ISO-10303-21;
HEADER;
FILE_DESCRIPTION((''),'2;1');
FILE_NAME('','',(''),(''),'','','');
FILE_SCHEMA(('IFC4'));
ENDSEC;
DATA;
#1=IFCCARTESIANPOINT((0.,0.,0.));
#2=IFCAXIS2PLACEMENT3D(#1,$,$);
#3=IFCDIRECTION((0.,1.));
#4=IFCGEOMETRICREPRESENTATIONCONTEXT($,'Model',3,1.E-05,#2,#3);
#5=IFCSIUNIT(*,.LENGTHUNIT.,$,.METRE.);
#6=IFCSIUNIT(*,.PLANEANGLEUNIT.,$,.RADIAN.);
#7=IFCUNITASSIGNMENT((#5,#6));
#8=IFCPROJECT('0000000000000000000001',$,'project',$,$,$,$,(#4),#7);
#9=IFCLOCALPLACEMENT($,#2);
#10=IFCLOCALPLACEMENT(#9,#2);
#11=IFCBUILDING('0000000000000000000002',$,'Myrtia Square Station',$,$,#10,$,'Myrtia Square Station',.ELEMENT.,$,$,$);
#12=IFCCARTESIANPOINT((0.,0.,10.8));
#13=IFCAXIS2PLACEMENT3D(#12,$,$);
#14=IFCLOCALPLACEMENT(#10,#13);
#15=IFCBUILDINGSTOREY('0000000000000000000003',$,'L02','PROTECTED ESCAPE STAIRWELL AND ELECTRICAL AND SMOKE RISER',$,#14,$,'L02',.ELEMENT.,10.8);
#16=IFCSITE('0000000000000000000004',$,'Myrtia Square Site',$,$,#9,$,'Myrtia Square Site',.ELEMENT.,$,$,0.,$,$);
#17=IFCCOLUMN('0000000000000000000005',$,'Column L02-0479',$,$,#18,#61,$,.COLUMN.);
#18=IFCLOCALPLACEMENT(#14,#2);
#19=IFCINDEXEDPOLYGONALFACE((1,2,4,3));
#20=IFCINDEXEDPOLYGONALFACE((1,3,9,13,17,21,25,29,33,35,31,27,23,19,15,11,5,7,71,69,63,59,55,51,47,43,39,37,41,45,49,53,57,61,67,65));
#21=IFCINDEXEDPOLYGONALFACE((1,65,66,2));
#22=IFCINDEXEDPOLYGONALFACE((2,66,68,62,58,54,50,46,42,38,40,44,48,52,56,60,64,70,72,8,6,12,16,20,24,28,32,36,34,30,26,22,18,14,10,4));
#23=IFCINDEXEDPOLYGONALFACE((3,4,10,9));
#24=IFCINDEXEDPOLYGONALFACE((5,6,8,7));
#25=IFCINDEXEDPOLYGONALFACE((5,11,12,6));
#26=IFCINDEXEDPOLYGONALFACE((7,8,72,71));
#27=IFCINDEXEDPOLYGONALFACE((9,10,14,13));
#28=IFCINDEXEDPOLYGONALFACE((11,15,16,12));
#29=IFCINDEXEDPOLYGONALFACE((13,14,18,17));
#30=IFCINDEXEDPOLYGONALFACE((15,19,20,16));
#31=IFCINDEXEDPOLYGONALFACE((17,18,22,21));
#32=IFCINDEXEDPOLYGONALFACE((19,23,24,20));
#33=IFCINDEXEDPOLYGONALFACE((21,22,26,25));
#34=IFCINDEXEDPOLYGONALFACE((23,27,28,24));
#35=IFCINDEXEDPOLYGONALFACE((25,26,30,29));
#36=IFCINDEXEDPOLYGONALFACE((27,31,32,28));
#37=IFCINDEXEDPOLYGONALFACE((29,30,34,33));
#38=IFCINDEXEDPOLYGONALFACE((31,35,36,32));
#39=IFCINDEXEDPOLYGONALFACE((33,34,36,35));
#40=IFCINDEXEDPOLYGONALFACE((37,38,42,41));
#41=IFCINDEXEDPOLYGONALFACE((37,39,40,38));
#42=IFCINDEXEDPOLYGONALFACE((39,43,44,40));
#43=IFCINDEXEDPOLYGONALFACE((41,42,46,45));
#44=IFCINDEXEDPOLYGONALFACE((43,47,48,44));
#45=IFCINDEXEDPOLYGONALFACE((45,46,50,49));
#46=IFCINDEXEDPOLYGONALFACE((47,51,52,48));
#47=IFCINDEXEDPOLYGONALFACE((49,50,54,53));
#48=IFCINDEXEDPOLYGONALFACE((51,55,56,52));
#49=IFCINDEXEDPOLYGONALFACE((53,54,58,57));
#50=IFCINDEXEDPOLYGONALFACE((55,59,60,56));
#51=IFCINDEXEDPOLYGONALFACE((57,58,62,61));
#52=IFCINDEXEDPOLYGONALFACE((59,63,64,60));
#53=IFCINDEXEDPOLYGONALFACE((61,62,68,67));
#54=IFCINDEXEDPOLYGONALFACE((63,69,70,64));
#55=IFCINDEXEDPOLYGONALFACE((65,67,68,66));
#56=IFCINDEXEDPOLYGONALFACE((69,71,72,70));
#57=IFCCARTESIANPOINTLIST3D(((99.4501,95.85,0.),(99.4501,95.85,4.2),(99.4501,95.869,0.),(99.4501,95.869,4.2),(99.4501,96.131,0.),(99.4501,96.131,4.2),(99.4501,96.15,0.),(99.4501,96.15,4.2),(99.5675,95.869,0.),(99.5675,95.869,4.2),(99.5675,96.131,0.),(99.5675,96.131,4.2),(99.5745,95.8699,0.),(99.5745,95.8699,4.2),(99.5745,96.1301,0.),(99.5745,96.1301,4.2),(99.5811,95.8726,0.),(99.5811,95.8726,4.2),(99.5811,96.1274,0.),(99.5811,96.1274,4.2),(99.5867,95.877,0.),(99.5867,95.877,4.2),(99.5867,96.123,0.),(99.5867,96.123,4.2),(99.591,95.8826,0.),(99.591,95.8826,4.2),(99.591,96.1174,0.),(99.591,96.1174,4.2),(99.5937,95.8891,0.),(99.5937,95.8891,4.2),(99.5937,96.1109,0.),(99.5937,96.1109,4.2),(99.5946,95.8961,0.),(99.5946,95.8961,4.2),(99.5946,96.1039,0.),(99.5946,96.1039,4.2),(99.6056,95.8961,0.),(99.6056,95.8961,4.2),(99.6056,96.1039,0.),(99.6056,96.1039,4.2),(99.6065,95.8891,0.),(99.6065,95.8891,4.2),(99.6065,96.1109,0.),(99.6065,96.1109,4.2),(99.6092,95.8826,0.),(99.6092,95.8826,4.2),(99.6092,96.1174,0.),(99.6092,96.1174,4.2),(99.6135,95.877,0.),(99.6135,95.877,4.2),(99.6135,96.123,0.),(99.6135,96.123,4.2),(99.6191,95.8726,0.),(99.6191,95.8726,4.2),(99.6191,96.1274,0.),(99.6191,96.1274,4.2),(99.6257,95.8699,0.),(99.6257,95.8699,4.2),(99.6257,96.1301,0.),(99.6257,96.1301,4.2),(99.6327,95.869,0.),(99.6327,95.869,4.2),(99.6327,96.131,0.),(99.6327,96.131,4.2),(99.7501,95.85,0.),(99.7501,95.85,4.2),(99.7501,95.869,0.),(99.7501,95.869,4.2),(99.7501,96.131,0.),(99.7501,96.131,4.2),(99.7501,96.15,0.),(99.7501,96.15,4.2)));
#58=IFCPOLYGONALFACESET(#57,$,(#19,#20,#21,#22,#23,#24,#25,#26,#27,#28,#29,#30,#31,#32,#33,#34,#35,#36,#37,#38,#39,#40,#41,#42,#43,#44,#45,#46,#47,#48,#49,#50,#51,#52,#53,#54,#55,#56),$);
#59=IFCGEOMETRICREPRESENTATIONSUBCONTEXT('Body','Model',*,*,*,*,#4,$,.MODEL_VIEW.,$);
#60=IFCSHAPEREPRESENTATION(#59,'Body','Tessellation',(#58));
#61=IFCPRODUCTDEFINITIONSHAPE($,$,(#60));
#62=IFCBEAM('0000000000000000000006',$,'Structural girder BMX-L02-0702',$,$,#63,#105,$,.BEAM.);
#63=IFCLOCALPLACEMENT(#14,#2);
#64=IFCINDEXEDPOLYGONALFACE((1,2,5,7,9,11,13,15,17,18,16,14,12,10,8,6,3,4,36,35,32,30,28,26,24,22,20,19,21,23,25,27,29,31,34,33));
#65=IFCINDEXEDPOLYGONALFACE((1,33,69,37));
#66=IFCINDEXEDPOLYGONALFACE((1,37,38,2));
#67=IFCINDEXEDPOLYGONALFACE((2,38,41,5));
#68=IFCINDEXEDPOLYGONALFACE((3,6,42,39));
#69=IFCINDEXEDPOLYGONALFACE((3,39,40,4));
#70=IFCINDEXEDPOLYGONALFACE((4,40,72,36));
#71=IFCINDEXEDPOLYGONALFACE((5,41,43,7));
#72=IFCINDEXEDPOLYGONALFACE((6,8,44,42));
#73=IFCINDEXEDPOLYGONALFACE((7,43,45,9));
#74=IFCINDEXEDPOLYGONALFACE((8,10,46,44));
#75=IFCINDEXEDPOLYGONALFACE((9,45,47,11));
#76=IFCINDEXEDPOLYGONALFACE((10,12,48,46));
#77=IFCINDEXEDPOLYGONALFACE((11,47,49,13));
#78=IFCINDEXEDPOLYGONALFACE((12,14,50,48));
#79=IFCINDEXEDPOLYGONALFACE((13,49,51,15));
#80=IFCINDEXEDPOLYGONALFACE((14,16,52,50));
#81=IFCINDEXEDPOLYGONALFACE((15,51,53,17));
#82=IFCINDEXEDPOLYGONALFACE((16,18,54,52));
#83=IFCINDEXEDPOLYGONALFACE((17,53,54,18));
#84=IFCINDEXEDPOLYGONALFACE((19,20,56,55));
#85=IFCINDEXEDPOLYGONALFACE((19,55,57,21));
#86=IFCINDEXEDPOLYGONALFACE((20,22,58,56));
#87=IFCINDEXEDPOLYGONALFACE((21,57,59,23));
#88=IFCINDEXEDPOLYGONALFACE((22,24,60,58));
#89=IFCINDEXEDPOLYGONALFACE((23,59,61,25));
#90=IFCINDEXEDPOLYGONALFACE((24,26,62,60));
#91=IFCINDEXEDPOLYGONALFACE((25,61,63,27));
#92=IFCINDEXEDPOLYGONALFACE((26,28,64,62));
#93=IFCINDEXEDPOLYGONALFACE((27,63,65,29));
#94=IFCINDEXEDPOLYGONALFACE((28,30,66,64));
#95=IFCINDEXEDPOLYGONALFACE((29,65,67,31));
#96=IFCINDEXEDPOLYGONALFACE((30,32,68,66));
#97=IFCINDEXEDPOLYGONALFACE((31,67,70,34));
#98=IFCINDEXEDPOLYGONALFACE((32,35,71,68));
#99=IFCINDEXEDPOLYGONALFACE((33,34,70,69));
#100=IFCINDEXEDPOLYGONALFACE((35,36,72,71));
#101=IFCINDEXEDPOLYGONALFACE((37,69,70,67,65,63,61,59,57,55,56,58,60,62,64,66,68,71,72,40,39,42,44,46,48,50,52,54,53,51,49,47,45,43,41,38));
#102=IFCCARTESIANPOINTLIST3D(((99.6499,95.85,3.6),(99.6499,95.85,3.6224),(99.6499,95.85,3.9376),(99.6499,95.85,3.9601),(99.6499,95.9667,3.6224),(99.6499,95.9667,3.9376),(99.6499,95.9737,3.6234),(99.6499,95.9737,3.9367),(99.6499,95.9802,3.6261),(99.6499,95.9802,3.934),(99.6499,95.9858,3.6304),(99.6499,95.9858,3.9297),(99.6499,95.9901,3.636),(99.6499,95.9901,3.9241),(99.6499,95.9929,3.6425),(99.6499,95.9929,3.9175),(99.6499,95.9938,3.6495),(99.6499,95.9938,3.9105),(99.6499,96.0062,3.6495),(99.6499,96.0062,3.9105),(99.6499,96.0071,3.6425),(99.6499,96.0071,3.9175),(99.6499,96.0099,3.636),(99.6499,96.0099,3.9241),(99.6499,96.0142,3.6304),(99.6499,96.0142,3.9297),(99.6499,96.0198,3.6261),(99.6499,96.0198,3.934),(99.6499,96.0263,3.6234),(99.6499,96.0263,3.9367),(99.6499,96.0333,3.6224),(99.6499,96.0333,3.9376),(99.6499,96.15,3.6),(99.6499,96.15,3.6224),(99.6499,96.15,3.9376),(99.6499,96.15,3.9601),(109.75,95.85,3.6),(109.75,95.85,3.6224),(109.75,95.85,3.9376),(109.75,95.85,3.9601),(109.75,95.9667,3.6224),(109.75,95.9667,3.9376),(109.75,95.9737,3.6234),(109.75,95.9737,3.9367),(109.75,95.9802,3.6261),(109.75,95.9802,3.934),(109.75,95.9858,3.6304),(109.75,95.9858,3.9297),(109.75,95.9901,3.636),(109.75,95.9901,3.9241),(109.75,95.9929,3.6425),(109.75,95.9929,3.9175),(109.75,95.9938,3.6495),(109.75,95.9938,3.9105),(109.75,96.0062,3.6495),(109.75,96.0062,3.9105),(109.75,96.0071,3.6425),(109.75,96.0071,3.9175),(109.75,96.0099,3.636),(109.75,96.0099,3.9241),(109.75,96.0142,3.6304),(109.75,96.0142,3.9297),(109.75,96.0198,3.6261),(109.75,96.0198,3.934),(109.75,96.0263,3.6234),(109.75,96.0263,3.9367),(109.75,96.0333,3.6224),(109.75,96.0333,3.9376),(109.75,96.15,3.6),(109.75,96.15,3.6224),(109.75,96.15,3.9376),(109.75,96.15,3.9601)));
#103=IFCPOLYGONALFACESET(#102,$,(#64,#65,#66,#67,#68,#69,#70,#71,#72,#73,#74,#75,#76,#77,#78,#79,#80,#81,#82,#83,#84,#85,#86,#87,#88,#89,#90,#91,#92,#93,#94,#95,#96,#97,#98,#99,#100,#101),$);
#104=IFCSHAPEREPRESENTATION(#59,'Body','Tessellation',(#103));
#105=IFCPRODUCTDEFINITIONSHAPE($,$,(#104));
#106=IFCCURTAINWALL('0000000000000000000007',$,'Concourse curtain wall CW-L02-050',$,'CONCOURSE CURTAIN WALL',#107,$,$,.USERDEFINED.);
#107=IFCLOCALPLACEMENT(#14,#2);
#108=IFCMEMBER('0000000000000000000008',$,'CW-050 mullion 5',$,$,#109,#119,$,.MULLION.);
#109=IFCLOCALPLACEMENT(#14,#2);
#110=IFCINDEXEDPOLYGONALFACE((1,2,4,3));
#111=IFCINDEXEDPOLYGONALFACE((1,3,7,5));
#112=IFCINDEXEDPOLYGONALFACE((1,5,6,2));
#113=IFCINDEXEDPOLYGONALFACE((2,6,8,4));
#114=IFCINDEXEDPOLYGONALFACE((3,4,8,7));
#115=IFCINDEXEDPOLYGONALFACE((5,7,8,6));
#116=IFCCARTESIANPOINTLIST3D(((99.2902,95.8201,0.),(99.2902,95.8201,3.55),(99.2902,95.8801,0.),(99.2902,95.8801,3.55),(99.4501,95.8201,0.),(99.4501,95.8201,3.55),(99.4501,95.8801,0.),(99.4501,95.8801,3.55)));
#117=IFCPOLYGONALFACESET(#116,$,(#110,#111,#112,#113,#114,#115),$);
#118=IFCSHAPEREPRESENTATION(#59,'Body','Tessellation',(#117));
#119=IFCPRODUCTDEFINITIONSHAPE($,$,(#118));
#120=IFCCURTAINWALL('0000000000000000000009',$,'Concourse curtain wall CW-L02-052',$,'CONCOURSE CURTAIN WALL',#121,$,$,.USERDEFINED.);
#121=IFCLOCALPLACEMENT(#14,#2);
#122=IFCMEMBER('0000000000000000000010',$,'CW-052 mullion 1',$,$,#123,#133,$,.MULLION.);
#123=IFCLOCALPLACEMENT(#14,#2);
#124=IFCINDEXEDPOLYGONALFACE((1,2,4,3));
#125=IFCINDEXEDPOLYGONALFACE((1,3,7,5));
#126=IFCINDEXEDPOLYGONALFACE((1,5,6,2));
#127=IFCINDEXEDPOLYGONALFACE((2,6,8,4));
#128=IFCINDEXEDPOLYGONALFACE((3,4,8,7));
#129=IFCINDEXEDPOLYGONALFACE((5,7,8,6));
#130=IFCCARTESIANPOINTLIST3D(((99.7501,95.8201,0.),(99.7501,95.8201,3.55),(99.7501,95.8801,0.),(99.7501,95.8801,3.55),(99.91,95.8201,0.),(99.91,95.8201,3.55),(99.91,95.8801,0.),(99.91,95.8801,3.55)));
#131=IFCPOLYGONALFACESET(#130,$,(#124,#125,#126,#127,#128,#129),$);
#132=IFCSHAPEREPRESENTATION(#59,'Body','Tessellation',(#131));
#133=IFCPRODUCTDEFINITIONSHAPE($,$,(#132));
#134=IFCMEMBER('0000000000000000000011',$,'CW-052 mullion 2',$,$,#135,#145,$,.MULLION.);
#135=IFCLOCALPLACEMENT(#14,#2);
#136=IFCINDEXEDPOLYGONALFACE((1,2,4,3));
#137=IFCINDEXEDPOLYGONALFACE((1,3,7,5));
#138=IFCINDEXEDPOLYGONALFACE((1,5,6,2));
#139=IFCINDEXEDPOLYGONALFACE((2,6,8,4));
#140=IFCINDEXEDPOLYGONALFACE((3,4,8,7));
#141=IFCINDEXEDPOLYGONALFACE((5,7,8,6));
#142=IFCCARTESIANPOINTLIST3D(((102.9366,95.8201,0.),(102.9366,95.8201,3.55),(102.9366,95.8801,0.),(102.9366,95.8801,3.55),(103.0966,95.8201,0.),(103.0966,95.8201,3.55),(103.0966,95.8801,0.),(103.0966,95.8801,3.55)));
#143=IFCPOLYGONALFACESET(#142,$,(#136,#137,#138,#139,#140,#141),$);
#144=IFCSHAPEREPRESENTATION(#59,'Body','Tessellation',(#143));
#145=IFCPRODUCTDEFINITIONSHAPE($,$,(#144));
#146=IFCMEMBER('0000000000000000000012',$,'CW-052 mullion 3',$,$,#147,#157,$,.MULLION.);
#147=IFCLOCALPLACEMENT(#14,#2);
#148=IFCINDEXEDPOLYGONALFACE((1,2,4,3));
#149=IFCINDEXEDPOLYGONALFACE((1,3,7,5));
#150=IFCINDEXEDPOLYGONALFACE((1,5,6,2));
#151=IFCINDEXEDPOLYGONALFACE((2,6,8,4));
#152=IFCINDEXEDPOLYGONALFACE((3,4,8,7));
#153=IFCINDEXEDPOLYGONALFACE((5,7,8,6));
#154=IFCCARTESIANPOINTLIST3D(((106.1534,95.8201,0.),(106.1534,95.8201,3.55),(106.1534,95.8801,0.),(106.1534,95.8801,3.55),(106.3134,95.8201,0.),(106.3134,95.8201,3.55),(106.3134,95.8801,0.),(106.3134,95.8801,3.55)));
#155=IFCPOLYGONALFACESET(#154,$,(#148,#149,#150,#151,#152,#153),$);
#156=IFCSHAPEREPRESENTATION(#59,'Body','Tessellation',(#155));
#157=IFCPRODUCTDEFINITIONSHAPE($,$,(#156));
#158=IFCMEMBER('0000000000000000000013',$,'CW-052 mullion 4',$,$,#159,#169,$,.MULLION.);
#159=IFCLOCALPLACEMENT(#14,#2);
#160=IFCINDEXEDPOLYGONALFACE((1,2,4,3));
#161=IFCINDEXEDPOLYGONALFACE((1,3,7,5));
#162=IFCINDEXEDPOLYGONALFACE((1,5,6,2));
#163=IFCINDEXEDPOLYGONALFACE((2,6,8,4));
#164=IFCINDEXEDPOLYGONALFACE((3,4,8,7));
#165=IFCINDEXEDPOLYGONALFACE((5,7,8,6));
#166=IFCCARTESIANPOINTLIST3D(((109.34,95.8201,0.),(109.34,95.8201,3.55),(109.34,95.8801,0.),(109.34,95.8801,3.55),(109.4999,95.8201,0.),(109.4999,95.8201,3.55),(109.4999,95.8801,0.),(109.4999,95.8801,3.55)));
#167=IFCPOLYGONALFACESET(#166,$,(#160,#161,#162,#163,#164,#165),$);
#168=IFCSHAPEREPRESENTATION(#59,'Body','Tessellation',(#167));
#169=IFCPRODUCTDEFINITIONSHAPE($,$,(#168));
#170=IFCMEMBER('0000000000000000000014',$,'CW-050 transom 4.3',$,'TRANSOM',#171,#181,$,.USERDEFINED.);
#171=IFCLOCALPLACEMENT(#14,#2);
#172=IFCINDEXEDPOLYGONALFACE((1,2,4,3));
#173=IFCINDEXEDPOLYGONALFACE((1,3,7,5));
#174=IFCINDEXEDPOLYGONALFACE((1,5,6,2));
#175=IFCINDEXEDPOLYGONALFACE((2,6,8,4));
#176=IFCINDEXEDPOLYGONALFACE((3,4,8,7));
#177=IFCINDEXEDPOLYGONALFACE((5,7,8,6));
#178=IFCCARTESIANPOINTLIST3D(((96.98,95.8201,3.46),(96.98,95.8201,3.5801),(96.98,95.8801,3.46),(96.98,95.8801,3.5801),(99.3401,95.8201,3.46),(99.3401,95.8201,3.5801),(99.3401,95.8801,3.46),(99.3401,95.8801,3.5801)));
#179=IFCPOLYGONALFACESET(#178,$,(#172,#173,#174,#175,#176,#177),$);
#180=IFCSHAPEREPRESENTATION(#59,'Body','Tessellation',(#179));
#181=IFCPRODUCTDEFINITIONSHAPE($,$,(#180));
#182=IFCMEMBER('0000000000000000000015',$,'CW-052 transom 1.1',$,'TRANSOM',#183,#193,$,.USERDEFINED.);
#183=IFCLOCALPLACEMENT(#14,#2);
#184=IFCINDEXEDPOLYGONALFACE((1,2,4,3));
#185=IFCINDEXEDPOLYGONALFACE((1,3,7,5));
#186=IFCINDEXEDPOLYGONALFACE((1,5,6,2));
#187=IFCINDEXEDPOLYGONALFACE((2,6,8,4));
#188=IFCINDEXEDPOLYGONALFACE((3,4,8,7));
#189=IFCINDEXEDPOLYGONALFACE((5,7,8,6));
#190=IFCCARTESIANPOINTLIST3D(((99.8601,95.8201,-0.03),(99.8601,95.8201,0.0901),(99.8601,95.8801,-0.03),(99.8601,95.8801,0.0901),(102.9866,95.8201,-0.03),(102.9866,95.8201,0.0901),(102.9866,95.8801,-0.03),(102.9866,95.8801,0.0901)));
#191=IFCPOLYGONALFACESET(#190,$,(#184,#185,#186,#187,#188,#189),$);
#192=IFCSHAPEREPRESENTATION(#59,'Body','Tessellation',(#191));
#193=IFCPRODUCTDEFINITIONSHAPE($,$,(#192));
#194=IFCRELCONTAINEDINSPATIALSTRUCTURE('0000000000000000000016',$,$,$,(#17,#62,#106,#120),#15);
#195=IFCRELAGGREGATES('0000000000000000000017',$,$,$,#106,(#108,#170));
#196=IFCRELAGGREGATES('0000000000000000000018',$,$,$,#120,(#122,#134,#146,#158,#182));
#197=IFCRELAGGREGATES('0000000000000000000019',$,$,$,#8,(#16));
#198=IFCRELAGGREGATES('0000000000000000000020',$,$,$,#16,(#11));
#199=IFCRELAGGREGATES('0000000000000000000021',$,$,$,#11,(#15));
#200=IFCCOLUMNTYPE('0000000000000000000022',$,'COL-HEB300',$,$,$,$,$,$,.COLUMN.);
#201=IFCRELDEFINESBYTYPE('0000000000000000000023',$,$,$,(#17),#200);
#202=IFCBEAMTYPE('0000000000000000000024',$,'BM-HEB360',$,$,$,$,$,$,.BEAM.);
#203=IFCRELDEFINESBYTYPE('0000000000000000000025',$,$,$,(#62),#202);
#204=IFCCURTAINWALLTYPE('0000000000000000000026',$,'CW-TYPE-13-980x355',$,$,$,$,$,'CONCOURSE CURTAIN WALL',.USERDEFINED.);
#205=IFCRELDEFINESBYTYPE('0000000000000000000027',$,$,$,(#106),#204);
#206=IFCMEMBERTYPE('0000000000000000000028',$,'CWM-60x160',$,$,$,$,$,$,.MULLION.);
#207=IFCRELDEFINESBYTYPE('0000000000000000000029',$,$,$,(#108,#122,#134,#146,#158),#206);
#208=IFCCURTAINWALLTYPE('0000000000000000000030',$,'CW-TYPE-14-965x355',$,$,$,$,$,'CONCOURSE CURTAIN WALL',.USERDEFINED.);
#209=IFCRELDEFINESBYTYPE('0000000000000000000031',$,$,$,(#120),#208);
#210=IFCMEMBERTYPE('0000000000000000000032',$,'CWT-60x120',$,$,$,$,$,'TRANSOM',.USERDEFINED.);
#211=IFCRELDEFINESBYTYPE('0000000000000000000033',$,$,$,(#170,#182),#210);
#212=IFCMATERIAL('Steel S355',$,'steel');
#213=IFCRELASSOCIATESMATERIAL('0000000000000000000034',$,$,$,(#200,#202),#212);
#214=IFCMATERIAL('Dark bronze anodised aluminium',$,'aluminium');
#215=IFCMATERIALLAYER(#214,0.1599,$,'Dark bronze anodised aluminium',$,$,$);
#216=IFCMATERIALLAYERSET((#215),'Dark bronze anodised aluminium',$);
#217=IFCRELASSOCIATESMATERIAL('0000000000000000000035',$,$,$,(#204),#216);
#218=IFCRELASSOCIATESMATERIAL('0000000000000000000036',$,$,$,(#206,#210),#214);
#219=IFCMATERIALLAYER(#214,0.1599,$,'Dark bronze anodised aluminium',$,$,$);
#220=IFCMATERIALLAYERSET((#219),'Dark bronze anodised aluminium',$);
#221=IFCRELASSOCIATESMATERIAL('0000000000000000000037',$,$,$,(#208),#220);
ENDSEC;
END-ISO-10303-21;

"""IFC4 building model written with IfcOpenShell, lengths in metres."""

from ifc_helpers import new_model, si_unit, direction, frame, origin, origin_2d, place, context, subcontext, project, spatial, rectangle, i_section, extrude, material, layer, layer_set, material_profile, profile_set, type_object, element, aggregate, save


model = new_model("IFC4")

# Units and contexts
model_context = context("Model", 3, precision=1e-05, world=origin(), true_north=direction((0.0, 1.0)))
body_context = subcontext(model_context, "Body", "Model", "MODEL_VIEW")
ifc_project = project(units=[si_unit("LENGTHUNIT", "METRE"), si_unit("PLANEANGLEUNIT", "RADIAN")], contexts=[model_context])

# Site, building, storey
site_placement = place(None, origin())
site = spatial("IfcSite", under=ifc_project, at=site_placement, Name="Myrtia Square Site", LongName="Myrtia Square Site", CompositionType="ELEMENT", RefElevation=0.0)
building_placement = place(site_placement, origin())
building = spatial("IfcBuilding", under=site, at=building_placement, Name="Myrtia Square Station", LongName="Myrtia Square Station", CompositionType="ELEMENT")
storey_placement = place(building_placement, frame((0.0, 0.0, 10.8)))
storey = spatial("IfcBuildingStorey", under=building, at=storey_placement, Name="L02", Description="PROTECTED ESCAPE STAIRWELL AND ELECTRICAL AND SMOKE RISER", LongName="L02", CompositionType="ELEMENT", Elevation=10.8)

# Column
ifc_material_1 = material(Name="Steel S355", Category="steel")
ifc_material_profile_1 = material_profile(ifc_material_1, i_section(OverallWidth=0.3, OverallDepth=0.3, WebThickness=0.011, FlangeThickness=0.019, FilletRadius=0.0271, at=origin_2d()), Name="HEB 300")
ifc_profile_set_1 = profile_set([ifc_material_profile_1], Name="Steel S355")
column_type = type_object("IfcColumnType", Name="COL-HEB300", PredefinedType="COLUMN", material=ifc_profile_set_1)
column_placement = place(storey_placement, frame((99.6001, 96.0, 0.0), z_axis=(0.0, 0.0, 1.0), x_axis=(1.0, 0.0, 0.0)))
element("IfcColumn", 1, at=column_placement, inside=storey, type_object=column_type, Name="Column L02-0479", PredefinedType="COLUMN", context=body_context, shape_type="SweptSolid", body=[
    extrude(i_section(OverallWidth=0.3, OverallDepth=0.3, WebThickness=0.011, FlangeThickness=0.019, FilletRadius=0.0271, at=origin_2d()), origin(), (0.0, 0.0, 1.0), 4.2),
])

# Beam
ifc_material_profile_2 = material_profile(ifc_material_1, i_section(OverallWidth=0.3, OverallDepth=0.3601, WebThickness=0.0125, FlangeThickness=0.0225, FilletRadius=0.0271, at=origin_2d()), Name="HEB 360")
ifc_profile_set_2 = profile_set([ifc_material_profile_2], Name="Steel S355")
beam_type = type_object("IfcBeamType", Name="BM-HEB360", PredefinedType="BEAM", material=ifc_profile_set_2)
beam_placement = place(storey_placement, frame((99.6499, 96.0, 3.78), z_axis=(1.0, 0.0, 0.0), x_axis=(0.0, 1.0, 0.0)))
element("IfcBeam", 2, at=beam_placement, inside=storey, type_object=beam_type, Name="Structural girder BMX-L02-0702", PredefinedType="BEAM", context=body_context, shape_type="SweptSolid", body=[
    extrude(i_section(OverallWidth=0.3, OverallDepth=0.3601, WebThickness=0.0125, FlangeThickness=0.0225, FilletRadius=0.0271, at=origin_2d()), origin(), (0.0, 0.0, 1.0), 10.1001),
])

# Curtain wall, member
ifc_material_2 = material(Name="Dark bronze anodised aluminium", Category="aluminium")
ifc_layer_1 = layer(ifc_material_2, 0.1599, Name="Dark bronze anodised aluminium")
ifc_layer_set_1 = layer_set([ifc_layer_1], Name="Dark bronze anodised aluminium")
curtain_wall_type_1 = type_object("IfcCurtainWallType", Name="CW-TYPE-13-980x355", ElementType="CONCOURSE CURTAIN WALL", PredefinedType="USERDEFINED", material=ifc_layer_set_1)
curtain_wall_1_placement = place(storey_placement, origin())
curtain_wall_1 = element("IfcCurtainWall", 3, at=curtain_wall_1_placement, inside=storey, type_object=curtain_wall_type_1, Name="Concourse curtain wall CW-L02-050", ObjectType="CONCOURSE CURTAIN WALL", PredefinedType="USERDEFINED")
ifc_material_profile_3 = material_profile(ifc_material_2, rectangle(XDim=0.0601, YDim=0.1599, at=origin_2d()), Name="ALU-M 60x160")
ifc_profile_set_3 = profile_set([ifc_material_profile_3], Name="Dark bronze anodised aluminium")
member_type_1 = type_object("IfcMemberType", Name="CWM-60x160", PredefinedType="MULLION", material=ifc_profile_set_3)
member_1_placement = place(storey_placement, frame((99.3701, 95.8501, 0.0), z_axis=(0.0, 0.0, 1.0), x_axis=(0.0, 1.0, 0.0)))
member_1 = element("IfcMember", 4, at=member_1_placement, type_object=member_type_1, Name="CW-050 mullion 5", PredefinedType="MULLION", context=body_context, shape_type="SweptSolid", body=[
    extrude(rectangle(XDim=0.0601, YDim=0.1599, at=origin_2d()), origin(), (0.0, 0.0, 1.0), 3.55),
])

# Curtain wall, members
ifc_layer_2 = layer(ifc_material_2, 0.1599, Name="Dark bronze anodised aluminium")
ifc_layer_set_2 = layer_set([ifc_layer_2], Name="Dark bronze anodised aluminium")
curtain_wall_type_2 = type_object("IfcCurtainWallType", Name="CW-TYPE-14-965x355", ElementType="CONCOURSE CURTAIN WALL", PredefinedType="USERDEFINED", material=ifc_layer_set_2)
curtain_wall_2_placement = place(storey_placement, origin())
curtain_wall_2 = element("IfcCurtainWall", 5, at=curtain_wall_2_placement, inside=storey, type_object=curtain_wall_type_2, Name="Concourse curtain wall CW-L02-052", ObjectType="CONCOURSE CURTAIN WALL", PredefinedType="USERDEFINED")
member_2_placement = place(storey_placement, frame((99.8301, 95.8501, 0.0), z_axis=(0.0, 0.0, 1.0), x_axis=(0.0, 1.0, 0.0)))
member_2 = element("IfcMember", 6, at=member_2_placement, type_object=member_type_1, Name="CW-052 mullion 1", PredefinedType="MULLION", context=body_context, shape_type="SweptSolid", body=[
    extrude(rectangle(XDim=0.0601, YDim=0.1599, at=origin_2d()), origin(), (0.0, 0.0, 1.0), 3.55),
])
member_3_placement = place(storey_placement, frame((103.0166, 95.8501, 0.0), z_axis=(0.0, 0.0, 1.0), x_axis=(0.0, 1.0, 0.0)))
member_3 = element("IfcMember", 7, at=member_3_placement, type_object=member_type_1, Name="CW-052 mullion 2", PredefinedType="MULLION", context=body_context, shape_type="SweptSolid", body=[
    extrude(rectangle(XDim=0.0601, YDim=0.1599, at=origin_2d()), origin(), (0.0, 0.0, 1.0), 3.55),
])
member_4_placement = place(storey_placement, frame((106.2334, 95.8501, 0.0), z_axis=(0.0, 0.0, 1.0), x_axis=(0.0, 1.0, 0.0)))
member_4 = element("IfcMember", 8, at=member_4_placement, type_object=member_type_1, Name="CW-052 mullion 3", PredefinedType="MULLION", context=body_context, shape_type="SweptSolid", body=[
    extrude(rectangle(XDim=0.0601, YDim=0.1599, at=origin_2d()), origin(), (0.0, 0.0, 1.0), 3.55),
])
member_5_placement = place(storey_placement, frame((109.4199, 95.8501, 0.0), z_axis=(0.0, 0.0, 1.0), x_axis=(0.0, 1.0, 0.0)))
member_5 = element("IfcMember", 9, at=member_5_placement, type_object=member_type_1, Name="CW-052 mullion 4", PredefinedType="MULLION", context=body_context, shape_type="SweptSolid", body=[
    extrude(rectangle(XDim=0.0601, YDim=0.1599, at=origin_2d()), origin(), (0.0, 0.0, 1.0), 3.55),
])

# Members
ifc_material_profile_4 = material_profile(ifc_material_2, rectangle(XDim=0.0601, YDim=0.1201, at=origin_2d()), Name="ALU-T 60x120")
ifc_profile_set_4 = profile_set([ifc_material_profile_4], Name="Dark bronze anodised aluminium")
member_type_2 = type_object("IfcMemberType", Name="CWT-60x120", ElementType="TRANSOM", PredefinedType="USERDEFINED", material=ifc_profile_set_4)
member_6_placement = place(storey_placement, frame((96.98, 95.8501, 3.52), z_axis=(1.0, 0.0, 0.0), x_axis=(0.0, 1.0, 0.0)))
member_6 = element("IfcMember", 10, at=member_6_placement, type_object=member_type_2, Name="CW-050 transom 4.3", ObjectType="TRANSOM", PredefinedType="USERDEFINED", context=body_context, shape_type="SweptSolid", body=[
    extrude(rectangle(XDim=0.0601, YDim=0.1201, at=origin_2d()), origin(), (0.0, 0.0, 1.0), 2.3601),
])
member_7_placement = place(storey_placement, frame((99.8601, 95.8501, 0.03), z_axis=(1.0, 0.0, 0.0), x_axis=(0.0, 1.0, 0.0)))
member_7 = element("IfcMember", 11, at=member_7_placement, type_object=member_type_2, Name="CW-052 transom 1.1", ObjectType="TRANSOM", PredefinedType="USERDEFINED", context=body_context, shape_type="SweptSolid", body=[
    extrude(rectangle(XDim=0.0601, YDim=0.1201, at=origin_2d()), origin(), (0.0, 0.0, 1.0), 3.1265),
])

aggregate(curtain_wall_1, [member_1, member_6])
aggregate(curtain_wall_2, [member_2, member_3, member_4, member_5, member_7])

save(model, "model.ifc")
